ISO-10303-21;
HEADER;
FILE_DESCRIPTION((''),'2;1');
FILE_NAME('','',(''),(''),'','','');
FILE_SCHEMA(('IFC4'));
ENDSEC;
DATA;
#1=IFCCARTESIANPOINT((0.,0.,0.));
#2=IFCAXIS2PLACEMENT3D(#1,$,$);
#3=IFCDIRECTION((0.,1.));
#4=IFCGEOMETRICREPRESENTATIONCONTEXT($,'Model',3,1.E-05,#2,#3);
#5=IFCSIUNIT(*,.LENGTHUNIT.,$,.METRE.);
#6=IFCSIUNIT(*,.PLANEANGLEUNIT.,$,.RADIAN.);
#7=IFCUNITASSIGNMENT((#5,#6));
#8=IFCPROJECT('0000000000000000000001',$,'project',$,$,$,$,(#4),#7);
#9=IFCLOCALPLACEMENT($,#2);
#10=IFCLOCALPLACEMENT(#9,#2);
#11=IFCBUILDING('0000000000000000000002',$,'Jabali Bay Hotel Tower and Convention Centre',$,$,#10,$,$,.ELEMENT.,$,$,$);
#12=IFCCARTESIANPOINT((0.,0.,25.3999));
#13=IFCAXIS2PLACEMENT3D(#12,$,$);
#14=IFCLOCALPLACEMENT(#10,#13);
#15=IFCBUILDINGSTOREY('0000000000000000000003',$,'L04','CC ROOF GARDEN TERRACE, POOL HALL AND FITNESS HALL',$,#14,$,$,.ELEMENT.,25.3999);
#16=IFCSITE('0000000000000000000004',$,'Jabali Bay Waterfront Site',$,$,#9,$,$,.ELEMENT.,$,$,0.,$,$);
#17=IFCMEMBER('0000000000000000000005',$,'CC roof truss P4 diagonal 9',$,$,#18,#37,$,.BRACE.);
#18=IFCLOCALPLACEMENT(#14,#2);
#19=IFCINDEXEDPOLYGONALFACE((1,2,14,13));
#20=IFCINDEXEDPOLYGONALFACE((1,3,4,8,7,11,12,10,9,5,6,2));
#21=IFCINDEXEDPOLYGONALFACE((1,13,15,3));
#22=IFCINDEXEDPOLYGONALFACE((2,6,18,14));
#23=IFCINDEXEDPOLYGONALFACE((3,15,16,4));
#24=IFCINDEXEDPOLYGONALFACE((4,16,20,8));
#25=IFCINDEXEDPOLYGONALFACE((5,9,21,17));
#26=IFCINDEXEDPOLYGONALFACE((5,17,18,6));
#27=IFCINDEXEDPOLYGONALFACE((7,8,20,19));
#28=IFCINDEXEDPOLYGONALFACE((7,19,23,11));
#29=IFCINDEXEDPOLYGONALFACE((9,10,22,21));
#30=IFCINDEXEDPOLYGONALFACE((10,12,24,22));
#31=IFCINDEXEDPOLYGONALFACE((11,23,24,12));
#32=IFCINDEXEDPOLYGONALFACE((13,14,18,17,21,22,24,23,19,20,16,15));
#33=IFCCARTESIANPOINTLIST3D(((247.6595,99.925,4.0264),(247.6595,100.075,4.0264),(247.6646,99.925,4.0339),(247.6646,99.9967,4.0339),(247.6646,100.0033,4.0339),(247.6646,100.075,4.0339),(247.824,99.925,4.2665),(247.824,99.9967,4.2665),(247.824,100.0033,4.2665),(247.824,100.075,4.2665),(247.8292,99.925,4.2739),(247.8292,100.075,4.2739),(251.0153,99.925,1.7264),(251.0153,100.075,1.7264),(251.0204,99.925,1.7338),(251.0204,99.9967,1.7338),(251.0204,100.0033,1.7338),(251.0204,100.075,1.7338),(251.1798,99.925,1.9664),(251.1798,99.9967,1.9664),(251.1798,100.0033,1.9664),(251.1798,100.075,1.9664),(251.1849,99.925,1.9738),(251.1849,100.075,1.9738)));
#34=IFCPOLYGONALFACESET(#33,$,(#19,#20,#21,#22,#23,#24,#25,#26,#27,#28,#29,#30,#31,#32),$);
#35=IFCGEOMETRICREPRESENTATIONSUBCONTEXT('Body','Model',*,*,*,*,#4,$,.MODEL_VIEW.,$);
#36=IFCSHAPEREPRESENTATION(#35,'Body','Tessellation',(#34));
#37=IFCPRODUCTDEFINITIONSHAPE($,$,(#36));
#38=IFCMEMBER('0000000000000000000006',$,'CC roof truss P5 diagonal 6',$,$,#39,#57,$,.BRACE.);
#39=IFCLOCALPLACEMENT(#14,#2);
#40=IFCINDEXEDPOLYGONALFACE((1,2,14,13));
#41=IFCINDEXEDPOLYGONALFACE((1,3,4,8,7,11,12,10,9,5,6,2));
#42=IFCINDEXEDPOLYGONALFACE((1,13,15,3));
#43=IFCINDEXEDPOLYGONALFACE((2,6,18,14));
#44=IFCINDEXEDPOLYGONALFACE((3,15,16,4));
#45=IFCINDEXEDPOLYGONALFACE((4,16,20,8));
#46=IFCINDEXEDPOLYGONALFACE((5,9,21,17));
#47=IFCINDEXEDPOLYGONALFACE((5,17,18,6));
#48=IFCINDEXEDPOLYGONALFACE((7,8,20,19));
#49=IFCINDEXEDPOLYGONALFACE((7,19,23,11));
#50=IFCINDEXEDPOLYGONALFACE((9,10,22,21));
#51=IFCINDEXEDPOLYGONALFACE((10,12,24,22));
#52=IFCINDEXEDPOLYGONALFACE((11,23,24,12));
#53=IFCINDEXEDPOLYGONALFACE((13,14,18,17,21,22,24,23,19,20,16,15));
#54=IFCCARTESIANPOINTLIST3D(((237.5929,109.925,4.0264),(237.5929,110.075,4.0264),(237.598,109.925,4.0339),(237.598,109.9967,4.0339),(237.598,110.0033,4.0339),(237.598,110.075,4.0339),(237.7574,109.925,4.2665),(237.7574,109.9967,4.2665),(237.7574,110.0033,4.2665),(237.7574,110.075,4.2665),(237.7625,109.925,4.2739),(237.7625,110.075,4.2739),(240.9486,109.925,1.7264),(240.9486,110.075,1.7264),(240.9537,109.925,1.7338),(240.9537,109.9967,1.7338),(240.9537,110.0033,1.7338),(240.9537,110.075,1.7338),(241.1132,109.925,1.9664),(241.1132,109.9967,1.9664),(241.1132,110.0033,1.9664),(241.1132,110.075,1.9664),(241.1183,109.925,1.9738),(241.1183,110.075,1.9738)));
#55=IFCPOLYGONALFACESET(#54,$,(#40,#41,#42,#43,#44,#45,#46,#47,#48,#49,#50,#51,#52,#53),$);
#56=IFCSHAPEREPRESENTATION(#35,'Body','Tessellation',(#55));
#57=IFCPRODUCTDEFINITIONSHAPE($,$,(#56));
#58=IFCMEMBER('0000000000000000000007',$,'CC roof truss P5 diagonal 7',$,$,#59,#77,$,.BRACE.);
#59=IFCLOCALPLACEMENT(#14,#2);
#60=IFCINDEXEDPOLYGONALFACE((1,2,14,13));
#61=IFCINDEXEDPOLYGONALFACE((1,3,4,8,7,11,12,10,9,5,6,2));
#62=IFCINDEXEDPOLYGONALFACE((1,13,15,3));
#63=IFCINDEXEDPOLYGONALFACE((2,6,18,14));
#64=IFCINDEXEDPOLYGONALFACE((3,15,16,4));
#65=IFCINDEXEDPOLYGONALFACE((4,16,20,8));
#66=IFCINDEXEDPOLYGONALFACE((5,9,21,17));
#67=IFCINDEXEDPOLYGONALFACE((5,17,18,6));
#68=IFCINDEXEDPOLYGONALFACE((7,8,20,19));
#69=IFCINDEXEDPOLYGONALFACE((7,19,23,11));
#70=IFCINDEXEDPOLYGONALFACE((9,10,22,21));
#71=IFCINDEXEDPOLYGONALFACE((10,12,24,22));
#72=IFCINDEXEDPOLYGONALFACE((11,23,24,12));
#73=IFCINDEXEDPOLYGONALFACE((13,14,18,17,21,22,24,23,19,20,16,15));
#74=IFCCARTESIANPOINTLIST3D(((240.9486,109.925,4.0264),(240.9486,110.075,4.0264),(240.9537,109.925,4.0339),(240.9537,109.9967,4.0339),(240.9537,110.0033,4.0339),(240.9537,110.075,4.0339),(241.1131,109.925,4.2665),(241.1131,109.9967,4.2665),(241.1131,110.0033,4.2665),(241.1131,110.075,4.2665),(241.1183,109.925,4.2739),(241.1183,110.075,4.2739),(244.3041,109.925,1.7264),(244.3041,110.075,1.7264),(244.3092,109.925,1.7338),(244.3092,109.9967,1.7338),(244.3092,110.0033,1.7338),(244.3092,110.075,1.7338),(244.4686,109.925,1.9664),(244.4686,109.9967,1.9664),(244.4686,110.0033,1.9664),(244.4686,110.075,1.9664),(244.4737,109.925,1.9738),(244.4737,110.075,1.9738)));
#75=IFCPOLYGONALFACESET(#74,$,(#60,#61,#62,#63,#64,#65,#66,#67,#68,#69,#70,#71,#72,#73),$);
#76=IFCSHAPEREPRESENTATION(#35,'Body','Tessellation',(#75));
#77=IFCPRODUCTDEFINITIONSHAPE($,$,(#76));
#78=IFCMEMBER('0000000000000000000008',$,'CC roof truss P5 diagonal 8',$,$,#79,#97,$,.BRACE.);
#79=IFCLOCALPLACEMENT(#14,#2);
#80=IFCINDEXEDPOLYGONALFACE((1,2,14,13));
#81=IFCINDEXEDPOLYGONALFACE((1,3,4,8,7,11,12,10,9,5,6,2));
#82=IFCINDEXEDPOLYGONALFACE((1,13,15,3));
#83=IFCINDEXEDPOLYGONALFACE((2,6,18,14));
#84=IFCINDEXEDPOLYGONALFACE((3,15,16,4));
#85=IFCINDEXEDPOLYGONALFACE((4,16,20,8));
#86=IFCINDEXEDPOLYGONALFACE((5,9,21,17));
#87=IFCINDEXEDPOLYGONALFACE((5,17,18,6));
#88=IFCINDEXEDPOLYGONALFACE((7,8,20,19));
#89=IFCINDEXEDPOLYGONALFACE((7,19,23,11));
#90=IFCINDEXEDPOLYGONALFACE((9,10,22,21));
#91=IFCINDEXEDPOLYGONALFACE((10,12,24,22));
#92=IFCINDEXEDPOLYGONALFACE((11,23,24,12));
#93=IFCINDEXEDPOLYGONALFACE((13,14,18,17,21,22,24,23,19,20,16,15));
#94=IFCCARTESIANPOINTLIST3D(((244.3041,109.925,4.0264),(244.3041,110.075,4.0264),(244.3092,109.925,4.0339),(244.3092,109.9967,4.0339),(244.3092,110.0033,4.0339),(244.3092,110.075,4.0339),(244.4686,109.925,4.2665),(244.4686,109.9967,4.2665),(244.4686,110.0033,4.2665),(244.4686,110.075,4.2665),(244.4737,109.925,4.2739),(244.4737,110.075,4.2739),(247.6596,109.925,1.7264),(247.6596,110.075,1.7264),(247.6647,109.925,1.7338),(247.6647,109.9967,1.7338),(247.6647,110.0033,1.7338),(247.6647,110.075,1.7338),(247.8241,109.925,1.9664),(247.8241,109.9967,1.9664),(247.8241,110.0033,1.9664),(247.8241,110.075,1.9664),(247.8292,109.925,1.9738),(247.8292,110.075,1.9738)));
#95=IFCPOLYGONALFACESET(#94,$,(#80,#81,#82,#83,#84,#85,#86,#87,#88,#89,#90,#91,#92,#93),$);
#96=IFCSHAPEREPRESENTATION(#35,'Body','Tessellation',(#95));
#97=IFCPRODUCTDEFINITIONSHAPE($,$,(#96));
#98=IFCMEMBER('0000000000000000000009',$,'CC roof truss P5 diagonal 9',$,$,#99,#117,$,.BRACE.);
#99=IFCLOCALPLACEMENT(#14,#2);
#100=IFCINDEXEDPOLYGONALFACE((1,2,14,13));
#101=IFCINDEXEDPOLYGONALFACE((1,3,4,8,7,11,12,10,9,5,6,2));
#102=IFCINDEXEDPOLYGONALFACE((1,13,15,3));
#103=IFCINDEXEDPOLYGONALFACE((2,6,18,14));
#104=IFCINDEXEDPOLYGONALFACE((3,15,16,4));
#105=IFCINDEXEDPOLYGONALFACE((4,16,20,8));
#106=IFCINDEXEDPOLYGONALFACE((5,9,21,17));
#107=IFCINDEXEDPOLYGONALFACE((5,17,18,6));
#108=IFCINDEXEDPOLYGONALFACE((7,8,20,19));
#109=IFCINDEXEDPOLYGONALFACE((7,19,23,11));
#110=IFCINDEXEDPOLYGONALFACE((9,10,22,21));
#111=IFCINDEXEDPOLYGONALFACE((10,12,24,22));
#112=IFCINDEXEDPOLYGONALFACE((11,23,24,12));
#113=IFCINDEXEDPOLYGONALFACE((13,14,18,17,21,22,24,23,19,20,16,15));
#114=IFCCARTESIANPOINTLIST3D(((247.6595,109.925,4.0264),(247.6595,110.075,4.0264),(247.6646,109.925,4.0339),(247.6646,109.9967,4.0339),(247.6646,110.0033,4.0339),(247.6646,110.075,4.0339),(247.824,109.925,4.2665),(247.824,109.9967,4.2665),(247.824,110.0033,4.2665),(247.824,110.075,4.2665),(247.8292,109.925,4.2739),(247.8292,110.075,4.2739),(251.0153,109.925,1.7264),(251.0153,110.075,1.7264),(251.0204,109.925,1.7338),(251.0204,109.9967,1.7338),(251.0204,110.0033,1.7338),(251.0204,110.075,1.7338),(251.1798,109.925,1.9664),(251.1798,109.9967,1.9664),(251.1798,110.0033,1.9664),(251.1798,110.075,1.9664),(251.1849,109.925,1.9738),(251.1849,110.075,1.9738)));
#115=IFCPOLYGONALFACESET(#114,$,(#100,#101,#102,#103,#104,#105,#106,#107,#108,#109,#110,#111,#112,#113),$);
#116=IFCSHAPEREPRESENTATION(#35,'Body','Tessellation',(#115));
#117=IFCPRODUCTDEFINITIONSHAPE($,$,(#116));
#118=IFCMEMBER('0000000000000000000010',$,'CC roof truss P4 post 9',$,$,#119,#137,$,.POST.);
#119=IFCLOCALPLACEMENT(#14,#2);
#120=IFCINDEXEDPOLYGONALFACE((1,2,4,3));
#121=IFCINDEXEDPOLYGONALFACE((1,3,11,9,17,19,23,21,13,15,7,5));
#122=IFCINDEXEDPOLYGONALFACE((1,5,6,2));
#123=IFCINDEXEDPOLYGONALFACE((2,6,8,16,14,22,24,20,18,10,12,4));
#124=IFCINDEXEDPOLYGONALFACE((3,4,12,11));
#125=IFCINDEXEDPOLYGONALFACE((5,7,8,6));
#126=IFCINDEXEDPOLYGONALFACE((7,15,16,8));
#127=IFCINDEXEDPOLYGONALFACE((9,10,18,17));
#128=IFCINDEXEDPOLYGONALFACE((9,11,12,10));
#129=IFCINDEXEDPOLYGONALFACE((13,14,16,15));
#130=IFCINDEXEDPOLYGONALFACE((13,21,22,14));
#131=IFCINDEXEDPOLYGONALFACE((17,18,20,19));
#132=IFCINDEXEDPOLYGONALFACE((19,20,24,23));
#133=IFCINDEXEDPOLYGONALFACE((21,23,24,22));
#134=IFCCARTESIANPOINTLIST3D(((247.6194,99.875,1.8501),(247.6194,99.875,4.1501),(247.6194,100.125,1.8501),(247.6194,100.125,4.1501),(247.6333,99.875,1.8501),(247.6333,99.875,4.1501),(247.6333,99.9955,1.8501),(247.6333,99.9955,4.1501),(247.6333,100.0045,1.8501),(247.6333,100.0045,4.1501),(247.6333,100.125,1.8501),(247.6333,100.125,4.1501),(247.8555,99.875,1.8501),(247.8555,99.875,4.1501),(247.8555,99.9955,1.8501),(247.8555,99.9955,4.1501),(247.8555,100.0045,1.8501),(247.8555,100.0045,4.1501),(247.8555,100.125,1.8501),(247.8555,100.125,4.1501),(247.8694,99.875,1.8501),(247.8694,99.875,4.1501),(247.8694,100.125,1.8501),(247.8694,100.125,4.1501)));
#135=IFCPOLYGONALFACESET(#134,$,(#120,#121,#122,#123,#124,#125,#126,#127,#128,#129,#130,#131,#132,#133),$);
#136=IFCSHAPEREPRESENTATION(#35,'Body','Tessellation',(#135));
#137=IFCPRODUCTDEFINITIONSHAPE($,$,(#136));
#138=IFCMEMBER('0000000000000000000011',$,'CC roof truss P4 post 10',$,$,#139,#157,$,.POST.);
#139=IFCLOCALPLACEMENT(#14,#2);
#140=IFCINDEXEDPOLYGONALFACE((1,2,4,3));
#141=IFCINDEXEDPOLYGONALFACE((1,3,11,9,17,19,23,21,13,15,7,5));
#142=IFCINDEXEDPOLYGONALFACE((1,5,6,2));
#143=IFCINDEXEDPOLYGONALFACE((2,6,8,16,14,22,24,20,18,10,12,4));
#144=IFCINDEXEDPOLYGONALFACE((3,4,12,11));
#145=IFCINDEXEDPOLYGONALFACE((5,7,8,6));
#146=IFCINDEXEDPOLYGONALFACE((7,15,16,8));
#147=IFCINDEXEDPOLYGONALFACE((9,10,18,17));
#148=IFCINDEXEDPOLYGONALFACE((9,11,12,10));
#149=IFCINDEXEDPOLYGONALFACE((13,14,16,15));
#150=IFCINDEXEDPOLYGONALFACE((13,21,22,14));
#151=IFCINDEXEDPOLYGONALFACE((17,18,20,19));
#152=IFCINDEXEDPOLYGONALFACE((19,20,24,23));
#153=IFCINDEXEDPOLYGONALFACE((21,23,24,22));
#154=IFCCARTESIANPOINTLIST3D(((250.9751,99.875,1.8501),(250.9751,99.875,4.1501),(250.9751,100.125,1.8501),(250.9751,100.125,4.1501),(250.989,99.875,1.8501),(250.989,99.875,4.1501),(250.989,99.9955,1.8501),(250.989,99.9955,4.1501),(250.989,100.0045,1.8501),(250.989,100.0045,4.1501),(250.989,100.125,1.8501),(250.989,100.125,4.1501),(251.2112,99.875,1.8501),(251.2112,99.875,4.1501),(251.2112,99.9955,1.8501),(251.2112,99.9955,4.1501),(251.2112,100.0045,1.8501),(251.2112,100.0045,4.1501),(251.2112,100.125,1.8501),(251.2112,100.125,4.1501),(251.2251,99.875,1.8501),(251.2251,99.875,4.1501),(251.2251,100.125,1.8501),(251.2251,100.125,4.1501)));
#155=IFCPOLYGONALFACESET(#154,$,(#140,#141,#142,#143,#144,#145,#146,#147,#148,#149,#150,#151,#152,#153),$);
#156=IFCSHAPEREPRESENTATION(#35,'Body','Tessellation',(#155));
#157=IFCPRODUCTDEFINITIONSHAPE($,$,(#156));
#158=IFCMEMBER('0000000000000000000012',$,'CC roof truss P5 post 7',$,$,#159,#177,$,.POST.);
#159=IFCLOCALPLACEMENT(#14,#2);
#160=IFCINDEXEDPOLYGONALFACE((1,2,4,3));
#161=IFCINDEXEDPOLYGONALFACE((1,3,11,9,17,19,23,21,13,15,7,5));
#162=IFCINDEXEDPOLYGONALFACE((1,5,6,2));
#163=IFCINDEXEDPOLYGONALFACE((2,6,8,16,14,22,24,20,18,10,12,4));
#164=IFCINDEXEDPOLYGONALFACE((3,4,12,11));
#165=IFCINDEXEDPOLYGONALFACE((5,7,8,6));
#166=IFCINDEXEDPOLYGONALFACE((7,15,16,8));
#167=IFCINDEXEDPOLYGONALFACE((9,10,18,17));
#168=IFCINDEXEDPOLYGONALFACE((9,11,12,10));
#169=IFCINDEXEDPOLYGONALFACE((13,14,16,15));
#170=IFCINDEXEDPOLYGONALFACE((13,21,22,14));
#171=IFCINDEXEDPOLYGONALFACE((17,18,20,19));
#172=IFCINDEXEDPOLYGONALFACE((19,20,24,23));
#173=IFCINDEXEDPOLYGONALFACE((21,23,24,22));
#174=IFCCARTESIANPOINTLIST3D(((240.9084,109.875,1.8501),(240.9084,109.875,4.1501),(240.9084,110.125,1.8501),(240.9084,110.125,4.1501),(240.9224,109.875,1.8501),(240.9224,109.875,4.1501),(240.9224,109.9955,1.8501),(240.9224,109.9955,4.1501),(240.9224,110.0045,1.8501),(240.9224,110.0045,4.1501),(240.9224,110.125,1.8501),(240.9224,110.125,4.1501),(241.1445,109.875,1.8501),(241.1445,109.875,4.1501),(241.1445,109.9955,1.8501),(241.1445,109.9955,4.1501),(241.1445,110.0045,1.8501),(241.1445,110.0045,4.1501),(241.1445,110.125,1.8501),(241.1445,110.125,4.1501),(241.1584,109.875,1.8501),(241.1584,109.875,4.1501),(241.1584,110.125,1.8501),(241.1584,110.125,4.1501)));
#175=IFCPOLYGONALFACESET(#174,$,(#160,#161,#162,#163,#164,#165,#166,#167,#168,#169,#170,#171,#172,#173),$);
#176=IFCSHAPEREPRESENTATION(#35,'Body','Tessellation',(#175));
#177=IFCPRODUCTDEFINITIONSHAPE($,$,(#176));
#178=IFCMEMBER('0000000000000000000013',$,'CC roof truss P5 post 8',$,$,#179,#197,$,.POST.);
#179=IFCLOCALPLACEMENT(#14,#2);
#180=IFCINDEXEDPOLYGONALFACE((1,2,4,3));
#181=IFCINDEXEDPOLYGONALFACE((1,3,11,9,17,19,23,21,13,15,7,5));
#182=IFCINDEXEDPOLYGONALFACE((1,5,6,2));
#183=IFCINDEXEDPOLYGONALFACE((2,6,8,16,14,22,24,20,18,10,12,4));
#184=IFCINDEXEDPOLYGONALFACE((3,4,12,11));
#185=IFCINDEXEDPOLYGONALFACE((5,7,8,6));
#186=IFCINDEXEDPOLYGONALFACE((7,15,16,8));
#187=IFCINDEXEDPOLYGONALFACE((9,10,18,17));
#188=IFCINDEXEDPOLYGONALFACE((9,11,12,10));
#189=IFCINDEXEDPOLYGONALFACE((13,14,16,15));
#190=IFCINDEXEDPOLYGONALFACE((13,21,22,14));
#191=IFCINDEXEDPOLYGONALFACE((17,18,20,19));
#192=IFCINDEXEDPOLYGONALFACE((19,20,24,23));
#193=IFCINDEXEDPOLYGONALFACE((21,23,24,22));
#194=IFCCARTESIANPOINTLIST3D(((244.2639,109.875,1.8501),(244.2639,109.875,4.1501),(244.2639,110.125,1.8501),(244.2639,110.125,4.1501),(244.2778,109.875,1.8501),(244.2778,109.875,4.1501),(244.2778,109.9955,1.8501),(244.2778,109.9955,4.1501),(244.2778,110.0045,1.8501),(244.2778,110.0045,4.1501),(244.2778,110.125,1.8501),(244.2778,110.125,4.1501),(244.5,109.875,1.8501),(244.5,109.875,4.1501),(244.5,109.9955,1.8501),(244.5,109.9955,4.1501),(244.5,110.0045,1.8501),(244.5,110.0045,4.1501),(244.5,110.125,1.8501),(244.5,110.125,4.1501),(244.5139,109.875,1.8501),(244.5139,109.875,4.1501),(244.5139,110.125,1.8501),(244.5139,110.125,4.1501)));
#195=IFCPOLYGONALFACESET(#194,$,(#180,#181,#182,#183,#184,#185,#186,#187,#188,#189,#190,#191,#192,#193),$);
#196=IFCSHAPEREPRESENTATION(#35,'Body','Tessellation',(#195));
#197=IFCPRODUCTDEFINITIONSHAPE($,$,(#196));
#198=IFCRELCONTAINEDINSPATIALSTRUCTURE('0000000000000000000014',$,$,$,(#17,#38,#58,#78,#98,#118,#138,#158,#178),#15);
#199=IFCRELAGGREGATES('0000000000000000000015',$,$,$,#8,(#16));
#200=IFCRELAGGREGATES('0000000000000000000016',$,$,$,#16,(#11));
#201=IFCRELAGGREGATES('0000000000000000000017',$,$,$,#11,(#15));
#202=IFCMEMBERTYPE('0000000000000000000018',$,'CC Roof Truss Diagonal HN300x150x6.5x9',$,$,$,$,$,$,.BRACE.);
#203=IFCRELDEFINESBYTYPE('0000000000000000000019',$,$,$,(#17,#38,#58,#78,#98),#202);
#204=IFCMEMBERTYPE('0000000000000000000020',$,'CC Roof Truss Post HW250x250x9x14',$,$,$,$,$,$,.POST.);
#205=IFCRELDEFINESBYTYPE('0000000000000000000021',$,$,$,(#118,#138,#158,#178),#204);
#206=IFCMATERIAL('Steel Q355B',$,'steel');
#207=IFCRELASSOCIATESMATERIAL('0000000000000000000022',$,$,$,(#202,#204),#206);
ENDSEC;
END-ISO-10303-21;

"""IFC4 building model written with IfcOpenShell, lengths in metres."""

from ifc_helpers import new_model, si_unit, direction, frame, origin, origin_2d, place, context, subcontext, project, spatial, i_section, extrude, material, material_profile, profile_set, type_object, element, save


model = new_model("IFC4")

# Units and contexts
model_context = context("Model", 3, precision=1e-05, world=origin(), true_north=direction((0.0, 1.0)))
body_context = subcontext(model_context, "Body", "Model", "MODEL_VIEW")
ifc_project = project(units=[si_unit("LENGTHUNIT", "METRE"), si_unit("PLANEANGLEUNIT", "RADIAN")], contexts=[model_context])

# Site, building, storey
site_placement = place(None, origin())
site = spatial("IfcSite", under=ifc_project, at=site_placement, Name="Jabali Bay Waterfront Site", CompositionType="ELEMENT", RefElevation=0.0)
building_placement = place(site_placement, origin())
building = spatial("IfcBuilding", under=site, at=building_placement, Name="Jabali Bay Hotel Tower and Convention Centre", CompositionType="ELEMENT")
storey_placement = place(building_placement, frame((0.0, 0.0, 25.3999)))
storey = spatial("IfcBuildingStorey", under=building, at=storey_placement, Name="L04", Description="CC ROOF GARDEN TERRACE, POOL HALL AND FITNESS HALL", CompositionType="ELEMENT", Elevation=25.3999)

# Members
ifc_material = material(Name="Steel Q355B", Category="steel")
ifc_material_profile_1 = material_profile(ifc_material, i_section(OverallWidth=0.1499, OverallDepth=0.3, WebThickness=0.0066, FlangeThickness=0.009, at=origin_2d()), Name="HN300x150x6.5x9")
ifc_profile_set_1 = profile_set([ifc_material_profile_1], Name="Steel Q355B")
member_type_1 = type_object("IfcMemberType", Name="CC Roof Truss Diagonal HN300x150x6.5x9", PredefinedType="BRACE", material=ifc_profile_set_1)
for number, where, z_axis, x_axis, name in (
    (1, (251.1001, 100.0, 1.8501), (-0.824845, 0.0, 0.565359), (0.0, -1.0, 0.0), "CC roof truss P4 diagonal 9"),
    (2, (241.0334, 110.0, 1.8501), (-0.824845, 0.0, 0.565359), (0.0, -1.0, 0.0), "CC roof truss P5 diagonal 6"),
):
    element("IfcMember", number, at=place(storey_placement, frame(where, z_axis=z_axis, x_axis=x_axis)), inside=storey, type_object=member_type_1, Name=name, PredefinedType="BRACE", context=body_context, shape_type="SweptSolid", body=[
        extrude(i_section(OverallWidth=0.1499, OverallDepth=0.3, WebThickness=0.0066, FlangeThickness=0.009, at=origin_2d()), origin(), (0.0, 0.0, 1.0), 4.0684),
    ])
for number, where, z_axis, x_axis, name in (
    (3, (244.3889, 110.0, 1.8501), (-0.824826, 0.0, 0.565387), (0.0, -1.0, 0.0), "CC roof truss P5 diagonal 7"),
    (4, (247.7444, 110.0, 1.8501), (-0.824826, 0.0, 0.565387), (0.0, -1.0, 0.0), "CC roof truss P5 diagonal 8"),
):
    element("IfcMember", number, at=place(storey_placement, frame(where, z_axis=z_axis, x_axis=x_axis)), inside=storey, type_object=member_type_1, Name=name, PredefinedType="BRACE", context=body_context, shape_type="SweptSolid", body=[
        extrude(i_section(OverallWidth=0.1499, OverallDepth=0.3, WebThickness=0.0066, FlangeThickness=0.009, at=origin_2d()), origin(), (0.0, 0.0, 1.0), 4.0681),
    ])
member_1_placement = place(storey_placement, frame((251.1001, 110.0, 1.8501), z_axis=(-0.824845, 0.0, 0.565359), x_axis=(0.0, -1.0, 0.0)))
element("IfcMember", 5, at=member_1_placement, inside=storey, type_object=member_type_1, Name="CC roof truss P5 diagonal 9", PredefinedType="BRACE", context=body_context, shape_type="SweptSolid", body=[
    extrude(i_section(OverallWidth=0.1499, OverallDepth=0.3, WebThickness=0.0066, FlangeThickness=0.009, at=origin_2d()), origin(), (0.0, 0.0, 1.0), 4.0684),
])
ifc_material_profile_2 = material_profile(ifc_material, i_section(OverallWidth=0.25, OverallDepth=0.25, WebThickness=0.009, FlangeThickness=0.0139, at=origin_2d()), Name="HW250x250x9x14")
ifc_profile_set_2 = profile_set([ifc_material_profile_2], Name="Steel Q355B")
member_type_2 = type_object("IfcMemberType", Name="CC Roof Truss Post HW250x250x9x14", PredefinedType="POST", material=ifc_profile_set_2)
for number, where, z_axis, x_axis, name in (
    (6, (247.7444, 100.0, 1.8501), (0.0, 0.0, 1.0), (0.0, 1.0, 0.0), "CC roof truss P4 post 9"),
    (7, (251.1001, 100.0, 1.8501), (0.0, 0.0, 1.0), (0.0, 1.0, 0.0), "CC roof truss P4 post 10"),
    (8, (241.0334, 110.0, 1.8501), (0.0, 0.0, 1.0), (0.0, 1.0, 0.0), "CC roof truss P5 post 7"),
    (9, (244.3889, 110.0, 1.8501), (0.0, 0.0, 1.0), (0.0, 1.0, 0.0), "CC roof truss P5 post 8"),
):
    element("IfcMember", number, at=place(storey_placement, frame(where, z_axis=z_axis, x_axis=x_axis)), inside=storey, type_object=member_type_2, Name=name, PredefinedType="POST", context=body_context, shape_type="SweptSolid", body=[
        extrude(i_section(OverallWidth=0.25, OverallDepth=0.25, WebThickness=0.009, FlangeThickness=0.0139, at=origin_2d()), origin(), (0.0, 0.0, 1.0), 2.3),
    ])

save(model, "model.ifc")
